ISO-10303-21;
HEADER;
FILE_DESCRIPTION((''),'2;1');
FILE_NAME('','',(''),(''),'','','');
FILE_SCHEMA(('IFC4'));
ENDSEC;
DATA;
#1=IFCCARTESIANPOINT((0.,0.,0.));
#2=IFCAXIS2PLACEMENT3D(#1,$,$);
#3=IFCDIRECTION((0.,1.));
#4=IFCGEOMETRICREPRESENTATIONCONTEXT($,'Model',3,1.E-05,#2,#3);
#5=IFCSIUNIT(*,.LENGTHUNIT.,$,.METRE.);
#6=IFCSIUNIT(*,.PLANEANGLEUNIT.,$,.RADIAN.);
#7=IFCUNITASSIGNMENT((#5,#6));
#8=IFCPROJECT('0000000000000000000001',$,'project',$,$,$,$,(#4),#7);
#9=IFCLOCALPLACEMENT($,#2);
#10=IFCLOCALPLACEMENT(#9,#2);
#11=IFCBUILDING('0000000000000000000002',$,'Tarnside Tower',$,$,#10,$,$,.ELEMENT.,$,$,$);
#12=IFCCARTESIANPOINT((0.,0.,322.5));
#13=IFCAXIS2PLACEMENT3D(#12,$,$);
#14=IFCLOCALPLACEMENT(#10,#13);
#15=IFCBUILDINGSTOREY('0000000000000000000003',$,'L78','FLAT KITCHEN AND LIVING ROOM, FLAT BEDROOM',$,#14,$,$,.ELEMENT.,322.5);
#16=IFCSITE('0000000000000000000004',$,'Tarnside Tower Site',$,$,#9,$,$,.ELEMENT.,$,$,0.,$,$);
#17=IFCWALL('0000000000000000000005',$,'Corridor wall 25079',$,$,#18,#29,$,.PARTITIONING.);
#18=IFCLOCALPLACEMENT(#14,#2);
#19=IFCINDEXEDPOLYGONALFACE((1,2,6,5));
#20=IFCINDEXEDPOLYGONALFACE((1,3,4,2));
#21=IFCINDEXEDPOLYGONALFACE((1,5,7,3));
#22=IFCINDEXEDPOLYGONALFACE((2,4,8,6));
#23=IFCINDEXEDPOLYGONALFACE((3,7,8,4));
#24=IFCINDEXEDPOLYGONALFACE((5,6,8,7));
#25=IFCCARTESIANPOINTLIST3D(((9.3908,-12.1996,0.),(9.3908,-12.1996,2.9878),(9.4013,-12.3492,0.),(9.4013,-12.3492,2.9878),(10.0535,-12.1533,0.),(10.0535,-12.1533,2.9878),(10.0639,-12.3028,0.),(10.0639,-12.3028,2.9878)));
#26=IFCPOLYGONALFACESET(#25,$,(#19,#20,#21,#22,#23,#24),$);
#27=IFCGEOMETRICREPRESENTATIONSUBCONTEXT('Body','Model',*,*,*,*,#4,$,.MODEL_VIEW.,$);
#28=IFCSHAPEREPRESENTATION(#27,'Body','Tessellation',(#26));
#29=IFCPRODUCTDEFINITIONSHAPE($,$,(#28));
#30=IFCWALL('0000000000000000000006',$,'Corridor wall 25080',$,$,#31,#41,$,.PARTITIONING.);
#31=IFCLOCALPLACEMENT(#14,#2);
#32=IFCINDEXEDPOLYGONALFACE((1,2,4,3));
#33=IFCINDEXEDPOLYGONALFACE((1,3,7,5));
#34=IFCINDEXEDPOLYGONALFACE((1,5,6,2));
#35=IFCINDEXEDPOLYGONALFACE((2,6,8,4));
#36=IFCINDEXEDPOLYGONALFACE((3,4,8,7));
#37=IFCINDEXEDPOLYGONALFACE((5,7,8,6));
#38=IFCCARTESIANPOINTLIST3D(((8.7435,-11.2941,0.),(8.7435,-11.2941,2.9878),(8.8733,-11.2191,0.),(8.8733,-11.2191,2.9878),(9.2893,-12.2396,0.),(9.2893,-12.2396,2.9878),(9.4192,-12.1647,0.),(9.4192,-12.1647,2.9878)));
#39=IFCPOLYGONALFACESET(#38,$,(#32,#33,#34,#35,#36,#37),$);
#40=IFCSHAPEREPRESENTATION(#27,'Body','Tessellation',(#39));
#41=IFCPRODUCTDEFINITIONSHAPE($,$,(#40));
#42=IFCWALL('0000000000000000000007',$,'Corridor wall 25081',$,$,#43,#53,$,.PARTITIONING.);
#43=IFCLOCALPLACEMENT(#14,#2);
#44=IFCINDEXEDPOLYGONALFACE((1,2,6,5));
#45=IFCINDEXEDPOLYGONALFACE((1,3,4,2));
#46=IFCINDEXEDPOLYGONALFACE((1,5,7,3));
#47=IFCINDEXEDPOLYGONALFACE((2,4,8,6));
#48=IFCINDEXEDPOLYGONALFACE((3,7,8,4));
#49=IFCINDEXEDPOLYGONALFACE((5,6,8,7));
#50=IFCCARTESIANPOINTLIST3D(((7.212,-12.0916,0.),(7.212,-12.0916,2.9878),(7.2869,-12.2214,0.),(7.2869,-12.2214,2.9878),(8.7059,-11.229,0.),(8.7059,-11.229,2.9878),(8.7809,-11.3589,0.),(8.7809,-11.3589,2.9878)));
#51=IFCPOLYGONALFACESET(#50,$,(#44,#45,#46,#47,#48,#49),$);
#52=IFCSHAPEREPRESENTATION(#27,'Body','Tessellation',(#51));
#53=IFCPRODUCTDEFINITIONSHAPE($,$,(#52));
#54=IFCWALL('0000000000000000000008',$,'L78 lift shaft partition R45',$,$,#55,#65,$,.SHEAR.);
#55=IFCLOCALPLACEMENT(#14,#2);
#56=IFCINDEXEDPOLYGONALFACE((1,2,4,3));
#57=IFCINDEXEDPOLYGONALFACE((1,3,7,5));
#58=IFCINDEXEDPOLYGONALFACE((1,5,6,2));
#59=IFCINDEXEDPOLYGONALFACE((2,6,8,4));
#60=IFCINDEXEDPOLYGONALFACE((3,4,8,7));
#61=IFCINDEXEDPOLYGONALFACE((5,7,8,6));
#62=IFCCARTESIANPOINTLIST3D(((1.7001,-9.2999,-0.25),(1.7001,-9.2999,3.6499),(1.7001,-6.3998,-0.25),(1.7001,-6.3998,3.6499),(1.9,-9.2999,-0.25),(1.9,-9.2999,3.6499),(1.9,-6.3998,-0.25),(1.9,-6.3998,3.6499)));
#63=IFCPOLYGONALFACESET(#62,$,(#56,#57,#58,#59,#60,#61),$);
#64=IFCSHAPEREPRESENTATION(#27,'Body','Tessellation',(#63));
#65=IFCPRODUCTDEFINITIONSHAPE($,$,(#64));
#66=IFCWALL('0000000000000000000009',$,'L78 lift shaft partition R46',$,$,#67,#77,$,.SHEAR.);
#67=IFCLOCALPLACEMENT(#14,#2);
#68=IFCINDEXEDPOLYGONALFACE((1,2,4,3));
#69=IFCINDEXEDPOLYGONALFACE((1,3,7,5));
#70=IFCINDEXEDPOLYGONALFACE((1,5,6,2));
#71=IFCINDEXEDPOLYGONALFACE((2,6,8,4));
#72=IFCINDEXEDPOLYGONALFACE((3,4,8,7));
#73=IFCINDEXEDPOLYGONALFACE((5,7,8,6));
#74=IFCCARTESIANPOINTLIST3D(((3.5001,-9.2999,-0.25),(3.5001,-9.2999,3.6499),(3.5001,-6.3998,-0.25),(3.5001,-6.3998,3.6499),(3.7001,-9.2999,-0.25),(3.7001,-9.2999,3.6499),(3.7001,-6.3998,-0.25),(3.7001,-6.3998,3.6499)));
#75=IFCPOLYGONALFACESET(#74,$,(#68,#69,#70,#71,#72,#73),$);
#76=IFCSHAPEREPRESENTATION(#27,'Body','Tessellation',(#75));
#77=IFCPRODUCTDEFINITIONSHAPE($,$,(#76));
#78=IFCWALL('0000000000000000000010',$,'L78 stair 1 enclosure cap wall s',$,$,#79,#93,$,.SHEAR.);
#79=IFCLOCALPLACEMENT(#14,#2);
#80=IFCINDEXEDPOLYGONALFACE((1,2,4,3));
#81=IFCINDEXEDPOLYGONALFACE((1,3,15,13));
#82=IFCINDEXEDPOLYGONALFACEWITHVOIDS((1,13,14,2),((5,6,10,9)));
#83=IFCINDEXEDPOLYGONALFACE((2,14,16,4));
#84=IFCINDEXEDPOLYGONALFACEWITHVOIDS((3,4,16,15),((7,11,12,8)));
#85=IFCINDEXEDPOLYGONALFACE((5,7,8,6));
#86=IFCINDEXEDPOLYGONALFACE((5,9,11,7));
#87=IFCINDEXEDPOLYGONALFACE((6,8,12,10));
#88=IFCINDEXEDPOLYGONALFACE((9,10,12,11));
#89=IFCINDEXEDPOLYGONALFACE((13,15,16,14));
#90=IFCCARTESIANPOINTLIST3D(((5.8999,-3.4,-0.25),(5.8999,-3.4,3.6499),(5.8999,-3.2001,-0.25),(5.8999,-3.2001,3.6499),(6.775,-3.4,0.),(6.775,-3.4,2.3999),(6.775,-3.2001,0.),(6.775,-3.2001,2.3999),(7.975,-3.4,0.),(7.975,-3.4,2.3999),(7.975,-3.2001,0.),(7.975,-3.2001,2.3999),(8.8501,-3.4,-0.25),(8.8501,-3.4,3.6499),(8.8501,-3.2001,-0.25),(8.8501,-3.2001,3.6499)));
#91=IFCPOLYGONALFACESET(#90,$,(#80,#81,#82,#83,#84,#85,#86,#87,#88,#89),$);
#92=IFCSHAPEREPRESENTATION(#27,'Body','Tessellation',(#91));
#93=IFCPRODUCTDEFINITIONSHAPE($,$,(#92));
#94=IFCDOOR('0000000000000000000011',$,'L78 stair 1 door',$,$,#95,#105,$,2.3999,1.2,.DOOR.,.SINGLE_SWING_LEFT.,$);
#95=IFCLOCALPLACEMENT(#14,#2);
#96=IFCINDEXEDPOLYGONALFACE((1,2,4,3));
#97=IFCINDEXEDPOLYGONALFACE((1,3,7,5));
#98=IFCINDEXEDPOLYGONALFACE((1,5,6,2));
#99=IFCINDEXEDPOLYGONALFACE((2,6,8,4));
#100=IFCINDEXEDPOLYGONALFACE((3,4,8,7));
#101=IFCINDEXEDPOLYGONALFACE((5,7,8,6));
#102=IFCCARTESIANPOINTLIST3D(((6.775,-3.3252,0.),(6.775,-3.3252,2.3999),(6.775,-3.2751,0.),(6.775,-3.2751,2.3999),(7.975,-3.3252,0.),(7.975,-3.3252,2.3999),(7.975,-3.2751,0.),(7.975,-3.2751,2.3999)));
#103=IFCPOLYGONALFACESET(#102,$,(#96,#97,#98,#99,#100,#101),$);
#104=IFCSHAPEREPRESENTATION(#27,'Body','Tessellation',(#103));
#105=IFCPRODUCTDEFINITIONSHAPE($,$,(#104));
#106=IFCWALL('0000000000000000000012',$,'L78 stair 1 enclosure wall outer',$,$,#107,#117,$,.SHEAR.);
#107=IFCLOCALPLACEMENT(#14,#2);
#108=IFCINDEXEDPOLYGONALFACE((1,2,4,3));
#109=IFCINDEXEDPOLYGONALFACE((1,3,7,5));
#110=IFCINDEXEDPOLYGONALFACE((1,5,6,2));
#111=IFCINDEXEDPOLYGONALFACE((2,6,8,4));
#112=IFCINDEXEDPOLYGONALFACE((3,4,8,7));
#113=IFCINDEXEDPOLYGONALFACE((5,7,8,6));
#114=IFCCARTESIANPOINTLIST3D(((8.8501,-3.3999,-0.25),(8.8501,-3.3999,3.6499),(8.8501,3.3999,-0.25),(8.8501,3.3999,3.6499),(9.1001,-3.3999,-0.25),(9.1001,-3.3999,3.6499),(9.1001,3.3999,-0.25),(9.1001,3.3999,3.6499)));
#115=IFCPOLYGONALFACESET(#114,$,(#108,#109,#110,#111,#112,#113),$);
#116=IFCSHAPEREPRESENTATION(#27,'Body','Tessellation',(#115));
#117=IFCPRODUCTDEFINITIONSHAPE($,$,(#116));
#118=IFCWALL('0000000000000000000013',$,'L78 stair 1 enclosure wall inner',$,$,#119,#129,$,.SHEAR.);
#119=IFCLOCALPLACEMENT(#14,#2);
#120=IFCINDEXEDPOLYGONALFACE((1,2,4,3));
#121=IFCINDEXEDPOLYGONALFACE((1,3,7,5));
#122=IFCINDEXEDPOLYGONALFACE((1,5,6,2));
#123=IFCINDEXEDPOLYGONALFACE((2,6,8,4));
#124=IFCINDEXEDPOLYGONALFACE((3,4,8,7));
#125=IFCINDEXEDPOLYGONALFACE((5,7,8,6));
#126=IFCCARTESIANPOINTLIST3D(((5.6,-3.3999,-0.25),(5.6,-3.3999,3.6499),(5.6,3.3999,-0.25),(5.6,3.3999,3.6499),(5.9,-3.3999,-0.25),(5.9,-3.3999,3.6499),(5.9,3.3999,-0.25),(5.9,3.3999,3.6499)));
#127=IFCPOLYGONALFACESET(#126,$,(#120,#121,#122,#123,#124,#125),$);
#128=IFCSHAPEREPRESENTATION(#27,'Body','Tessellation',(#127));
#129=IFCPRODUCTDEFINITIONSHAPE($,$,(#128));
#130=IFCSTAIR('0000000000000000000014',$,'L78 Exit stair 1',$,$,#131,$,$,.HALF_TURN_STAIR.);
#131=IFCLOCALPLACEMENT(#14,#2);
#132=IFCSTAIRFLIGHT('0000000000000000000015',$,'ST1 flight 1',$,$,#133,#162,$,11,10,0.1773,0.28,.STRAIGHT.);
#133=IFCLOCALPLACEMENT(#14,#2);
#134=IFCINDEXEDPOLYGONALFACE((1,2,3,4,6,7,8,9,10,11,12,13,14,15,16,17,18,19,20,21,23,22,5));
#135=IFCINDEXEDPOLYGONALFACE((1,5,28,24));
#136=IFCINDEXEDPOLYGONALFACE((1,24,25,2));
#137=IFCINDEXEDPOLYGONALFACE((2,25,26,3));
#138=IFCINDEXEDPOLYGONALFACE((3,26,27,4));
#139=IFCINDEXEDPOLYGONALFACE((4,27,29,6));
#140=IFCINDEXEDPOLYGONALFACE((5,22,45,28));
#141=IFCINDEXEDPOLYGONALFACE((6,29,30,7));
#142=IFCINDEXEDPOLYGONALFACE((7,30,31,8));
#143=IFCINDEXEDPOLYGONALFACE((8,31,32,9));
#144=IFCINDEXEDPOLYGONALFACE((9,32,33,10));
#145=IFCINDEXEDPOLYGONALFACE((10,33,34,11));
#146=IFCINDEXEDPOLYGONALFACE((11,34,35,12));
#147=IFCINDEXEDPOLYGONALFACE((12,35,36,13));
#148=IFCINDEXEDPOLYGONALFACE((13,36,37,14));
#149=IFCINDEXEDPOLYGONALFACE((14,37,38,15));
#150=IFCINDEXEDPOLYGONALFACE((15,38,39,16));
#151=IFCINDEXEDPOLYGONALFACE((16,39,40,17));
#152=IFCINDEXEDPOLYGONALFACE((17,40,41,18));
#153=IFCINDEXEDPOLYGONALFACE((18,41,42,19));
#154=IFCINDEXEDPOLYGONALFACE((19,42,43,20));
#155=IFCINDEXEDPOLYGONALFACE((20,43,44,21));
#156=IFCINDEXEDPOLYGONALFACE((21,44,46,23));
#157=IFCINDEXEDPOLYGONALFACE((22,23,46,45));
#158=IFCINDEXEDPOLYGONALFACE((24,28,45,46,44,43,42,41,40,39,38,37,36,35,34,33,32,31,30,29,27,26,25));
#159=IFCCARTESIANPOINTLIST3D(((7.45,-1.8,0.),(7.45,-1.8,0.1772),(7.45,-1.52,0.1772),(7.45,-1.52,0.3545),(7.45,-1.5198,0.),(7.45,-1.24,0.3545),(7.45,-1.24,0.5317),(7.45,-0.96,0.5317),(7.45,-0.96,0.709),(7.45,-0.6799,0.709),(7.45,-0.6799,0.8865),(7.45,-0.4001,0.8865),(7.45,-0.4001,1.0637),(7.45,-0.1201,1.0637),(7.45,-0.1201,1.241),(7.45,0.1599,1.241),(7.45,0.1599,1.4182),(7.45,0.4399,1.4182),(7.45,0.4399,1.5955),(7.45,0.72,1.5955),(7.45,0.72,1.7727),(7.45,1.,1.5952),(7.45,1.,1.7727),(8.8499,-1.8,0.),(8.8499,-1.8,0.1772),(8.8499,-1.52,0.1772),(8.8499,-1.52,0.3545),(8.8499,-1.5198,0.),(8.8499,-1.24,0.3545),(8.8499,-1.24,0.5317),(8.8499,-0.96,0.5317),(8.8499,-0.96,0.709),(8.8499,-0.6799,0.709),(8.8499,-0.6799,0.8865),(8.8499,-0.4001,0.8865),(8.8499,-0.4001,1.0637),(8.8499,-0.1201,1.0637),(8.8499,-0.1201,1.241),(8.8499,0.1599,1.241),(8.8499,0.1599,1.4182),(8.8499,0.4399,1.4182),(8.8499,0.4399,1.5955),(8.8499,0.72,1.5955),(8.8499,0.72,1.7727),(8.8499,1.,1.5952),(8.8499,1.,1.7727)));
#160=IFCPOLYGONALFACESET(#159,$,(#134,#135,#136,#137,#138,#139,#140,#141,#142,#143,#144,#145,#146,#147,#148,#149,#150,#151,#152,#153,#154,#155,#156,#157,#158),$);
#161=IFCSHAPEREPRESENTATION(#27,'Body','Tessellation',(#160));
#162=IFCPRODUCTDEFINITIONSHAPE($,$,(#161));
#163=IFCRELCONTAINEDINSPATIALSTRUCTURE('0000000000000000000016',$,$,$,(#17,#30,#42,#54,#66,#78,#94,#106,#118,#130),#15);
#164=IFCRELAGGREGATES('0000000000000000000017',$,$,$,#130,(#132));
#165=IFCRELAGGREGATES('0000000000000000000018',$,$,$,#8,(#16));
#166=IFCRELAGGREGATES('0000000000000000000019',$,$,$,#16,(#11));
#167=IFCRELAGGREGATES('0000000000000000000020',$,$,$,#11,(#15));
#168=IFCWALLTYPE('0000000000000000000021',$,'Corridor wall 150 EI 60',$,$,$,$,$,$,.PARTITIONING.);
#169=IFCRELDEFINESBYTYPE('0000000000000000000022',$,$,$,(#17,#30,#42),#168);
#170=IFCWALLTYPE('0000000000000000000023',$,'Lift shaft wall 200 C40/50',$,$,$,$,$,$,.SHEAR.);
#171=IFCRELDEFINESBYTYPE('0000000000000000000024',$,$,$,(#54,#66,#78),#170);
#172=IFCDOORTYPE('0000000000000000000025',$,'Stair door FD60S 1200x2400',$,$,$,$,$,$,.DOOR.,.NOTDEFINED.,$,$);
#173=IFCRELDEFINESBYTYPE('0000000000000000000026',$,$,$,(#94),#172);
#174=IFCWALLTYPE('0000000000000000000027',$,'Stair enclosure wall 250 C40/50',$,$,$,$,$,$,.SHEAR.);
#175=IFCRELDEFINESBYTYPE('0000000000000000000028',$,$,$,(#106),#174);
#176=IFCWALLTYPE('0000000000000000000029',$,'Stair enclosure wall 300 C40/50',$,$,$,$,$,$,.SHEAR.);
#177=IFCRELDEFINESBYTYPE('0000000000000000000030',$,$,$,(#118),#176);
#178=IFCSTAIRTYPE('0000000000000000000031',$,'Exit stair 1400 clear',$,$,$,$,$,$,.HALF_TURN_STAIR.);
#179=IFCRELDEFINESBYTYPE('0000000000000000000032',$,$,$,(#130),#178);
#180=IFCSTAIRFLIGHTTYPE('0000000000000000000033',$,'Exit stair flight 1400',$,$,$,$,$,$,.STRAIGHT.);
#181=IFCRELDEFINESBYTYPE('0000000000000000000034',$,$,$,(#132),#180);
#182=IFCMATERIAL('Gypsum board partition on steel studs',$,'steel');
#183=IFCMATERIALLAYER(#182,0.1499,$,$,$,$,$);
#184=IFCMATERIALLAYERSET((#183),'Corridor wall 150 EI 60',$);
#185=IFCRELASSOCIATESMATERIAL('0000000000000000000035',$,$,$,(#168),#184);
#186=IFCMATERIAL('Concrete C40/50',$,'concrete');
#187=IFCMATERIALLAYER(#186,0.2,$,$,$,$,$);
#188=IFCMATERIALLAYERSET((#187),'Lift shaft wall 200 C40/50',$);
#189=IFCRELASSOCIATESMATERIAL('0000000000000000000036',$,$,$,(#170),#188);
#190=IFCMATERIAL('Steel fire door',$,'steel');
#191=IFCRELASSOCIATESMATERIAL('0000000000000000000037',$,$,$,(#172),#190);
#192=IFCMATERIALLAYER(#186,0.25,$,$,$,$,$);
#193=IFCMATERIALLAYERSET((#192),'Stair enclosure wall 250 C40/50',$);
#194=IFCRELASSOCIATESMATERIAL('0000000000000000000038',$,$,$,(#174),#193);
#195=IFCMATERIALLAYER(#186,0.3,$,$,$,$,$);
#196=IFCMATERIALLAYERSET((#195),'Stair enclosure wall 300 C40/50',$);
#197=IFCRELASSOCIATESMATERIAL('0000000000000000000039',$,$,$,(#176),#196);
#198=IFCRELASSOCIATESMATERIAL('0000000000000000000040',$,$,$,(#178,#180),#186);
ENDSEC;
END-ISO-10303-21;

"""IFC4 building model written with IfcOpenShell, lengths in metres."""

from ifc_helpers import new_model, si_unit, direction, frame, frame_2d, origin, place, context, subcontext, project, spatial, polyline, rectangle, outline, extrude, material, layer, layer_set, type_object, element, fill, aggregate, save


model = new_model("IFC4")

# Units and contexts
model_context = context("Model", 3, precision=1e-05, world=origin(), true_north=direction((0.0, 1.0)))
body_context = subcontext(model_context, "Body", "Model", "MODEL_VIEW")
ifc_project = project(units=[si_unit("LENGTHUNIT", "METRE"), si_unit("PLANEANGLEUNIT", "RADIAN")], contexts=[model_context])

# Site, building, storey
site_placement = place(None, origin())
site = spatial("IfcSite", under=ifc_project, at=site_placement, Name="Tarnside Tower Site", CompositionType="ELEMENT", RefElevation=0.0)
building_placement = place(site_placement, origin())
building = spatial("IfcBuilding", under=site, at=building_placement, Name="Tarnside Tower", CompositionType="ELEMENT")
storey_placement = place(building_placement, frame((0.0, 0.0, 322.5)))
storey = spatial("IfcBuildingStorey", under=building, at=storey_placement, Name="L78", Description="FLAT KITCHEN AND LIVING ROOM, FLAT BEDROOM", CompositionType="ELEMENT", Elevation=322.5)

# Shared definitions
ifc_material_1 = material(Name="Concrete C40/50", Category="concrete")
ifc_material_2 = material(Name="Steel fire door", Category="steel")

# Walls
ifc_material_3 = material(Name="Gypsum board partition on steel studs", Category="steel")
ifc_layer_1 = layer(ifc_material_3, 0.1499)
ifc_layer_set_1 = layer_set([ifc_layer_1], Name="Corridor wall 150 EI 60")
wall_type_1 = type_object("IfcWallType", Name="Corridor wall 150 EI 60", PredefinedType="PARTITIONING", material=ifc_layer_set_1)
wall_1_placement = place(storey_placement, frame((10.0586, -12.228, 0.0), z_axis=(0.0, 0.0, 1.0), x_axis=(-0.997558, -0.069836, 0.0)))
element("IfcWall", 1, at=wall_1_placement, inside=storey, type_object=wall_type_1, Name="Corridor wall 25079", PredefinedType="PARTITIONING", context=body_context, shape_type="SweptSolid", body=[
    extrude(rectangle(XDim=0.6643, YDim=0.1499, at=frame_2d((0.332, 0.0))), origin(), (0.0, 0.0, 1.0), 2.9878),
])
wall_2_placement = place(storey_placement, frame((9.3542, -12.2021, 0.0), z_axis=(0.0, 0.0, 1.0), x_axis=(-0.499987, 0.866033, 0.0)))
element("IfcWall", 2, at=wall_2_placement, inside=storey, type_object=wall_type_1, Name="Corridor wall 25080", PredefinedType="PARTITIONING", context=body_context, shape_type="SweptSolid", body=[
    extrude(rectangle(XDim=1.0918, YDim=0.1499, at=frame_2d((0.5459, 0.0))), origin(), (0.0, 0.0, 1.0), 2.9878),
])
wall_3_placement = place(storey_placement, frame((8.7434, -11.2939, 0.0), z_axis=(0.0, 0.0, 1.0), x_axis=(-0.866014, -0.500021, 0.0)))
element("IfcWall", 3, at=wall_3_placement, inside=storey, type_object=wall_type_1, Name="Corridor wall 25081", PredefinedType="PARTITIONING", context=body_context, shape_type="SweptSolid", body=[
    extrude(rectangle(XDim=1.7251, YDim=0.1499, at=frame_2d((0.8625, 0.0))), origin(), (0.0, 0.0, 1.0), 2.9878),
])
ifc_layer_2 = layer(ifc_material_1, 0.2)
ifc_layer_set_2 = layer_set([ifc_layer_2], Name="Lift shaft wall 200 C40/50")
wall_type_2 = type_object("IfcWallType", Name="Lift shaft wall 200 C40/50", PredefinedType="SHEAR", material=ifc_layer_set_2)
for number, where, z_axis, x_axis, name in (
    (4, (1.8, -9.3, -0.25), (0.0, 0.0, 1.0), (0.0, 1.0, 0.0), "L78 lift shaft partition R45"),
    (5, (3.6001, -9.3, -0.25), (0.0, 0.0, 1.0), (0.0, 1.0, 0.0), "L78 lift shaft partition R46"),
):
    element("IfcWall", number, at=place(storey_placement, frame(where, z_axis=z_axis, x_axis=x_axis)), inside=storey, type_object=wall_type_2, Name=name, PredefinedType="SHEAR", context=body_context, shape_type="SweptSolid", body=[
        extrude(rectangle(XDim=2.9001, YDim=0.2, at=frame_2d((1.4502, 0.0))), origin(), (0.0, 0.0, 1.0), 3.8999),
    ])

# Wall, opening, door
wall_4_placement = place(storey_placement, frame((5.8999, -3.3, -0.25), z_axis=(0.0, 0.0, 1.0), x_axis=(1.0, 0.0, 0.0)))
wall_4 = element("IfcWall", 6, at=wall_4_placement, inside=storey, type_object=wall_type_2, Name="L78 stair 1 enclosure cap wall s", PredefinedType="SHEAR", context=body_context, shape_type="SweptSolid", body=[
    extrude(rectangle(XDim=2.9502, YDim=0.2, at=frame_2d((1.4751, 0.0))), origin(), (0.0, 0.0, 1.0), 3.8999),
])
opening_1_placement = place(wall_4_placement, frame((0.875, 0.0, 0.25)))
opening_1 = element("IfcOpeningElement", 7, at=opening_1_placement, cuts=wall_4, PredefinedType="OPENING", context=body_context, shape_type="SweptSolid", body=[
    extrude(rectangle(XDim=1.2, YDim=2.3999, at=frame_2d((0.6001, 1.2))), frame((0.0, 0.1099, 0.0), z_axis=(0.0, -1.0, 0.0), x_axis=(1.0, 0.0, 0.0)), (0.0, 0.0, 1.0), 0.22),
])
door_type_1 = type_object("IfcDoorType", Name="Stair door FD60S 1200x2400", OperationType="NOTDEFINED", PredefinedType="DOOR", material=ifc_material_2)
door_1_placement = place(opening_1_placement, origin())
door_1 = element("IfcDoor", 8, at=door_1_placement, inside=storey, type_object=door_type_1, Name="L78 stair 1 door", OperationType="SINGLE_SWING_LEFT", OverallHeight=2.3999, OverallWidth=1.2, PredefinedType="DOOR", context=body_context, shape_type="SweptSolid", body=[
    extrude(rectangle(XDim=1.2, YDim=2.3999, at=frame_2d((0.6001, 1.2))), frame((0.0, 0.0249, 0.0), z_axis=(0.0, -1.0, 0.0), x_axis=(1.0, 0.0, 0.0)), (0.0, 0.0, 1.0), 0.05),
])
fill(opening_1, door_1)

# Walls
ifc_layer_3 = layer(ifc_material_1, 0.25)
ifc_layer_set_3 = layer_set([ifc_layer_3], Name="Stair enclosure wall 250 C40/50")
wall_type_3 = type_object("IfcWallType", Name="Stair enclosure wall 250 C40/50", PredefinedType="SHEAR", material=ifc_layer_set_3)
wall_5_placement = place(storey_placement, frame((8.9751, -3.3999, -0.25), z_axis=(0.0, 0.0, 1.0), x_axis=(0.0, 1.0, 0.0)))
element("IfcWall", 9, at=wall_5_placement, inside=storey, type_object=wall_type_3, Name="L78 stair 1 enclosure wall outer", PredefinedType="SHEAR", context=body_context, shape_type="SweptSolid", body=[
    extrude(rectangle(XDim=6.7998, YDim=0.25, at=frame_2d((3.3999, 0.0))), origin(), (0.0, 0.0, 1.0), 3.8999),
])
ifc_layer_4 = layer(ifc_material_1, 0.3)
ifc_layer_set_4 = layer_set([ifc_layer_4], Name="Stair enclosure wall 300 C40/50")
wall_type_4 = type_object("IfcWallType", Name="Stair enclosure wall 300 C40/50", PredefinedType="SHEAR", material=ifc_layer_set_4)
wall_6_placement = place(storey_placement, frame((5.75, -3.3999, -0.25), z_axis=(0.0, 0.0, 1.0), x_axis=(0.0, 1.0, 0.0)))
element("IfcWall", 10, at=wall_6_placement, inside=storey, type_object=wall_type_4, Name="L78 stair 1 enclosure wall inner", PredefinedType="SHEAR", context=body_context, shape_type="SweptSolid", body=[
    extrude(rectangle(XDim=6.7998, YDim=0.3, at=frame_2d((3.3999, 0.0))), origin(), (0.0, 0.0, 1.0), 3.8999),
])

# Stair, stair flight
stair_type = type_object("IfcStairType", Name="Exit stair 1400 clear", PredefinedType="HALF_TURN_STAIR", material=ifc_material_1)
stair_placement = place(storey_placement, origin())
stair = element("IfcStair", 11, at=stair_placement, inside=storey, type_object=stair_type, Name="L78 Exit stair 1", PredefinedType="HALF_TURN_STAIR")
stair_flight_type = type_object("IfcStairFlightType", Name="Exit stair flight 1400", PredefinedType="STRAIGHT", material=ifc_material_1)
stair_flight_placement = place(storey_placement, frame((8.1499, -1.8, 0.0), z_axis=(0.0, 0.0, 1.0), x_axis=(0.0, 1.0, 0.0)))
stair_flight = element("IfcStairFlight", 12, at=stair_flight_placement, type_object=stair_flight_type, Name="ST1 flight 1", NumberOfRisers=11, NumberOfTreads=10, PredefinedType="STRAIGHT", RiserHeight=0.1773, TreadLength=0.28, context=body_context, shape_type="SweptSolid", body=[
    extrude(outline(polyline([(0.0, 0.0), (0.0, 0.1772), (0.28, 0.1772), (0.28, 0.3545), (0.5601, 0.3545), (0.5601, 0.5317), (0.8401, 0.5317), (0.8401, 0.709), (1.1201, 0.709), (1.1201, 0.8865), (1.3999, 0.8865), (1.3999, 1.0637), (1.6799, 1.0637), (1.6799, 1.241), (1.96, 1.241), (1.96, 1.4182), (2.24, 1.4182), (2.24, 1.5955), (2.52, 1.5955), (2.52, 1.7727), (2.8, 1.7727), (2.8, 1.95), (2.8, 1.5952), (0.2803, 0.0), (0.0, 0.0)])), frame((0.0, 0.7, 0.0), z_axis=(0.0, -1.0, 0.0), x_axis=(1.0, 0.0, 0.0)), (0.0, 0.0, 1.0), 1.3999),
])
aggregate(stair, [stair_flight])

save(model, "model.ifc")
